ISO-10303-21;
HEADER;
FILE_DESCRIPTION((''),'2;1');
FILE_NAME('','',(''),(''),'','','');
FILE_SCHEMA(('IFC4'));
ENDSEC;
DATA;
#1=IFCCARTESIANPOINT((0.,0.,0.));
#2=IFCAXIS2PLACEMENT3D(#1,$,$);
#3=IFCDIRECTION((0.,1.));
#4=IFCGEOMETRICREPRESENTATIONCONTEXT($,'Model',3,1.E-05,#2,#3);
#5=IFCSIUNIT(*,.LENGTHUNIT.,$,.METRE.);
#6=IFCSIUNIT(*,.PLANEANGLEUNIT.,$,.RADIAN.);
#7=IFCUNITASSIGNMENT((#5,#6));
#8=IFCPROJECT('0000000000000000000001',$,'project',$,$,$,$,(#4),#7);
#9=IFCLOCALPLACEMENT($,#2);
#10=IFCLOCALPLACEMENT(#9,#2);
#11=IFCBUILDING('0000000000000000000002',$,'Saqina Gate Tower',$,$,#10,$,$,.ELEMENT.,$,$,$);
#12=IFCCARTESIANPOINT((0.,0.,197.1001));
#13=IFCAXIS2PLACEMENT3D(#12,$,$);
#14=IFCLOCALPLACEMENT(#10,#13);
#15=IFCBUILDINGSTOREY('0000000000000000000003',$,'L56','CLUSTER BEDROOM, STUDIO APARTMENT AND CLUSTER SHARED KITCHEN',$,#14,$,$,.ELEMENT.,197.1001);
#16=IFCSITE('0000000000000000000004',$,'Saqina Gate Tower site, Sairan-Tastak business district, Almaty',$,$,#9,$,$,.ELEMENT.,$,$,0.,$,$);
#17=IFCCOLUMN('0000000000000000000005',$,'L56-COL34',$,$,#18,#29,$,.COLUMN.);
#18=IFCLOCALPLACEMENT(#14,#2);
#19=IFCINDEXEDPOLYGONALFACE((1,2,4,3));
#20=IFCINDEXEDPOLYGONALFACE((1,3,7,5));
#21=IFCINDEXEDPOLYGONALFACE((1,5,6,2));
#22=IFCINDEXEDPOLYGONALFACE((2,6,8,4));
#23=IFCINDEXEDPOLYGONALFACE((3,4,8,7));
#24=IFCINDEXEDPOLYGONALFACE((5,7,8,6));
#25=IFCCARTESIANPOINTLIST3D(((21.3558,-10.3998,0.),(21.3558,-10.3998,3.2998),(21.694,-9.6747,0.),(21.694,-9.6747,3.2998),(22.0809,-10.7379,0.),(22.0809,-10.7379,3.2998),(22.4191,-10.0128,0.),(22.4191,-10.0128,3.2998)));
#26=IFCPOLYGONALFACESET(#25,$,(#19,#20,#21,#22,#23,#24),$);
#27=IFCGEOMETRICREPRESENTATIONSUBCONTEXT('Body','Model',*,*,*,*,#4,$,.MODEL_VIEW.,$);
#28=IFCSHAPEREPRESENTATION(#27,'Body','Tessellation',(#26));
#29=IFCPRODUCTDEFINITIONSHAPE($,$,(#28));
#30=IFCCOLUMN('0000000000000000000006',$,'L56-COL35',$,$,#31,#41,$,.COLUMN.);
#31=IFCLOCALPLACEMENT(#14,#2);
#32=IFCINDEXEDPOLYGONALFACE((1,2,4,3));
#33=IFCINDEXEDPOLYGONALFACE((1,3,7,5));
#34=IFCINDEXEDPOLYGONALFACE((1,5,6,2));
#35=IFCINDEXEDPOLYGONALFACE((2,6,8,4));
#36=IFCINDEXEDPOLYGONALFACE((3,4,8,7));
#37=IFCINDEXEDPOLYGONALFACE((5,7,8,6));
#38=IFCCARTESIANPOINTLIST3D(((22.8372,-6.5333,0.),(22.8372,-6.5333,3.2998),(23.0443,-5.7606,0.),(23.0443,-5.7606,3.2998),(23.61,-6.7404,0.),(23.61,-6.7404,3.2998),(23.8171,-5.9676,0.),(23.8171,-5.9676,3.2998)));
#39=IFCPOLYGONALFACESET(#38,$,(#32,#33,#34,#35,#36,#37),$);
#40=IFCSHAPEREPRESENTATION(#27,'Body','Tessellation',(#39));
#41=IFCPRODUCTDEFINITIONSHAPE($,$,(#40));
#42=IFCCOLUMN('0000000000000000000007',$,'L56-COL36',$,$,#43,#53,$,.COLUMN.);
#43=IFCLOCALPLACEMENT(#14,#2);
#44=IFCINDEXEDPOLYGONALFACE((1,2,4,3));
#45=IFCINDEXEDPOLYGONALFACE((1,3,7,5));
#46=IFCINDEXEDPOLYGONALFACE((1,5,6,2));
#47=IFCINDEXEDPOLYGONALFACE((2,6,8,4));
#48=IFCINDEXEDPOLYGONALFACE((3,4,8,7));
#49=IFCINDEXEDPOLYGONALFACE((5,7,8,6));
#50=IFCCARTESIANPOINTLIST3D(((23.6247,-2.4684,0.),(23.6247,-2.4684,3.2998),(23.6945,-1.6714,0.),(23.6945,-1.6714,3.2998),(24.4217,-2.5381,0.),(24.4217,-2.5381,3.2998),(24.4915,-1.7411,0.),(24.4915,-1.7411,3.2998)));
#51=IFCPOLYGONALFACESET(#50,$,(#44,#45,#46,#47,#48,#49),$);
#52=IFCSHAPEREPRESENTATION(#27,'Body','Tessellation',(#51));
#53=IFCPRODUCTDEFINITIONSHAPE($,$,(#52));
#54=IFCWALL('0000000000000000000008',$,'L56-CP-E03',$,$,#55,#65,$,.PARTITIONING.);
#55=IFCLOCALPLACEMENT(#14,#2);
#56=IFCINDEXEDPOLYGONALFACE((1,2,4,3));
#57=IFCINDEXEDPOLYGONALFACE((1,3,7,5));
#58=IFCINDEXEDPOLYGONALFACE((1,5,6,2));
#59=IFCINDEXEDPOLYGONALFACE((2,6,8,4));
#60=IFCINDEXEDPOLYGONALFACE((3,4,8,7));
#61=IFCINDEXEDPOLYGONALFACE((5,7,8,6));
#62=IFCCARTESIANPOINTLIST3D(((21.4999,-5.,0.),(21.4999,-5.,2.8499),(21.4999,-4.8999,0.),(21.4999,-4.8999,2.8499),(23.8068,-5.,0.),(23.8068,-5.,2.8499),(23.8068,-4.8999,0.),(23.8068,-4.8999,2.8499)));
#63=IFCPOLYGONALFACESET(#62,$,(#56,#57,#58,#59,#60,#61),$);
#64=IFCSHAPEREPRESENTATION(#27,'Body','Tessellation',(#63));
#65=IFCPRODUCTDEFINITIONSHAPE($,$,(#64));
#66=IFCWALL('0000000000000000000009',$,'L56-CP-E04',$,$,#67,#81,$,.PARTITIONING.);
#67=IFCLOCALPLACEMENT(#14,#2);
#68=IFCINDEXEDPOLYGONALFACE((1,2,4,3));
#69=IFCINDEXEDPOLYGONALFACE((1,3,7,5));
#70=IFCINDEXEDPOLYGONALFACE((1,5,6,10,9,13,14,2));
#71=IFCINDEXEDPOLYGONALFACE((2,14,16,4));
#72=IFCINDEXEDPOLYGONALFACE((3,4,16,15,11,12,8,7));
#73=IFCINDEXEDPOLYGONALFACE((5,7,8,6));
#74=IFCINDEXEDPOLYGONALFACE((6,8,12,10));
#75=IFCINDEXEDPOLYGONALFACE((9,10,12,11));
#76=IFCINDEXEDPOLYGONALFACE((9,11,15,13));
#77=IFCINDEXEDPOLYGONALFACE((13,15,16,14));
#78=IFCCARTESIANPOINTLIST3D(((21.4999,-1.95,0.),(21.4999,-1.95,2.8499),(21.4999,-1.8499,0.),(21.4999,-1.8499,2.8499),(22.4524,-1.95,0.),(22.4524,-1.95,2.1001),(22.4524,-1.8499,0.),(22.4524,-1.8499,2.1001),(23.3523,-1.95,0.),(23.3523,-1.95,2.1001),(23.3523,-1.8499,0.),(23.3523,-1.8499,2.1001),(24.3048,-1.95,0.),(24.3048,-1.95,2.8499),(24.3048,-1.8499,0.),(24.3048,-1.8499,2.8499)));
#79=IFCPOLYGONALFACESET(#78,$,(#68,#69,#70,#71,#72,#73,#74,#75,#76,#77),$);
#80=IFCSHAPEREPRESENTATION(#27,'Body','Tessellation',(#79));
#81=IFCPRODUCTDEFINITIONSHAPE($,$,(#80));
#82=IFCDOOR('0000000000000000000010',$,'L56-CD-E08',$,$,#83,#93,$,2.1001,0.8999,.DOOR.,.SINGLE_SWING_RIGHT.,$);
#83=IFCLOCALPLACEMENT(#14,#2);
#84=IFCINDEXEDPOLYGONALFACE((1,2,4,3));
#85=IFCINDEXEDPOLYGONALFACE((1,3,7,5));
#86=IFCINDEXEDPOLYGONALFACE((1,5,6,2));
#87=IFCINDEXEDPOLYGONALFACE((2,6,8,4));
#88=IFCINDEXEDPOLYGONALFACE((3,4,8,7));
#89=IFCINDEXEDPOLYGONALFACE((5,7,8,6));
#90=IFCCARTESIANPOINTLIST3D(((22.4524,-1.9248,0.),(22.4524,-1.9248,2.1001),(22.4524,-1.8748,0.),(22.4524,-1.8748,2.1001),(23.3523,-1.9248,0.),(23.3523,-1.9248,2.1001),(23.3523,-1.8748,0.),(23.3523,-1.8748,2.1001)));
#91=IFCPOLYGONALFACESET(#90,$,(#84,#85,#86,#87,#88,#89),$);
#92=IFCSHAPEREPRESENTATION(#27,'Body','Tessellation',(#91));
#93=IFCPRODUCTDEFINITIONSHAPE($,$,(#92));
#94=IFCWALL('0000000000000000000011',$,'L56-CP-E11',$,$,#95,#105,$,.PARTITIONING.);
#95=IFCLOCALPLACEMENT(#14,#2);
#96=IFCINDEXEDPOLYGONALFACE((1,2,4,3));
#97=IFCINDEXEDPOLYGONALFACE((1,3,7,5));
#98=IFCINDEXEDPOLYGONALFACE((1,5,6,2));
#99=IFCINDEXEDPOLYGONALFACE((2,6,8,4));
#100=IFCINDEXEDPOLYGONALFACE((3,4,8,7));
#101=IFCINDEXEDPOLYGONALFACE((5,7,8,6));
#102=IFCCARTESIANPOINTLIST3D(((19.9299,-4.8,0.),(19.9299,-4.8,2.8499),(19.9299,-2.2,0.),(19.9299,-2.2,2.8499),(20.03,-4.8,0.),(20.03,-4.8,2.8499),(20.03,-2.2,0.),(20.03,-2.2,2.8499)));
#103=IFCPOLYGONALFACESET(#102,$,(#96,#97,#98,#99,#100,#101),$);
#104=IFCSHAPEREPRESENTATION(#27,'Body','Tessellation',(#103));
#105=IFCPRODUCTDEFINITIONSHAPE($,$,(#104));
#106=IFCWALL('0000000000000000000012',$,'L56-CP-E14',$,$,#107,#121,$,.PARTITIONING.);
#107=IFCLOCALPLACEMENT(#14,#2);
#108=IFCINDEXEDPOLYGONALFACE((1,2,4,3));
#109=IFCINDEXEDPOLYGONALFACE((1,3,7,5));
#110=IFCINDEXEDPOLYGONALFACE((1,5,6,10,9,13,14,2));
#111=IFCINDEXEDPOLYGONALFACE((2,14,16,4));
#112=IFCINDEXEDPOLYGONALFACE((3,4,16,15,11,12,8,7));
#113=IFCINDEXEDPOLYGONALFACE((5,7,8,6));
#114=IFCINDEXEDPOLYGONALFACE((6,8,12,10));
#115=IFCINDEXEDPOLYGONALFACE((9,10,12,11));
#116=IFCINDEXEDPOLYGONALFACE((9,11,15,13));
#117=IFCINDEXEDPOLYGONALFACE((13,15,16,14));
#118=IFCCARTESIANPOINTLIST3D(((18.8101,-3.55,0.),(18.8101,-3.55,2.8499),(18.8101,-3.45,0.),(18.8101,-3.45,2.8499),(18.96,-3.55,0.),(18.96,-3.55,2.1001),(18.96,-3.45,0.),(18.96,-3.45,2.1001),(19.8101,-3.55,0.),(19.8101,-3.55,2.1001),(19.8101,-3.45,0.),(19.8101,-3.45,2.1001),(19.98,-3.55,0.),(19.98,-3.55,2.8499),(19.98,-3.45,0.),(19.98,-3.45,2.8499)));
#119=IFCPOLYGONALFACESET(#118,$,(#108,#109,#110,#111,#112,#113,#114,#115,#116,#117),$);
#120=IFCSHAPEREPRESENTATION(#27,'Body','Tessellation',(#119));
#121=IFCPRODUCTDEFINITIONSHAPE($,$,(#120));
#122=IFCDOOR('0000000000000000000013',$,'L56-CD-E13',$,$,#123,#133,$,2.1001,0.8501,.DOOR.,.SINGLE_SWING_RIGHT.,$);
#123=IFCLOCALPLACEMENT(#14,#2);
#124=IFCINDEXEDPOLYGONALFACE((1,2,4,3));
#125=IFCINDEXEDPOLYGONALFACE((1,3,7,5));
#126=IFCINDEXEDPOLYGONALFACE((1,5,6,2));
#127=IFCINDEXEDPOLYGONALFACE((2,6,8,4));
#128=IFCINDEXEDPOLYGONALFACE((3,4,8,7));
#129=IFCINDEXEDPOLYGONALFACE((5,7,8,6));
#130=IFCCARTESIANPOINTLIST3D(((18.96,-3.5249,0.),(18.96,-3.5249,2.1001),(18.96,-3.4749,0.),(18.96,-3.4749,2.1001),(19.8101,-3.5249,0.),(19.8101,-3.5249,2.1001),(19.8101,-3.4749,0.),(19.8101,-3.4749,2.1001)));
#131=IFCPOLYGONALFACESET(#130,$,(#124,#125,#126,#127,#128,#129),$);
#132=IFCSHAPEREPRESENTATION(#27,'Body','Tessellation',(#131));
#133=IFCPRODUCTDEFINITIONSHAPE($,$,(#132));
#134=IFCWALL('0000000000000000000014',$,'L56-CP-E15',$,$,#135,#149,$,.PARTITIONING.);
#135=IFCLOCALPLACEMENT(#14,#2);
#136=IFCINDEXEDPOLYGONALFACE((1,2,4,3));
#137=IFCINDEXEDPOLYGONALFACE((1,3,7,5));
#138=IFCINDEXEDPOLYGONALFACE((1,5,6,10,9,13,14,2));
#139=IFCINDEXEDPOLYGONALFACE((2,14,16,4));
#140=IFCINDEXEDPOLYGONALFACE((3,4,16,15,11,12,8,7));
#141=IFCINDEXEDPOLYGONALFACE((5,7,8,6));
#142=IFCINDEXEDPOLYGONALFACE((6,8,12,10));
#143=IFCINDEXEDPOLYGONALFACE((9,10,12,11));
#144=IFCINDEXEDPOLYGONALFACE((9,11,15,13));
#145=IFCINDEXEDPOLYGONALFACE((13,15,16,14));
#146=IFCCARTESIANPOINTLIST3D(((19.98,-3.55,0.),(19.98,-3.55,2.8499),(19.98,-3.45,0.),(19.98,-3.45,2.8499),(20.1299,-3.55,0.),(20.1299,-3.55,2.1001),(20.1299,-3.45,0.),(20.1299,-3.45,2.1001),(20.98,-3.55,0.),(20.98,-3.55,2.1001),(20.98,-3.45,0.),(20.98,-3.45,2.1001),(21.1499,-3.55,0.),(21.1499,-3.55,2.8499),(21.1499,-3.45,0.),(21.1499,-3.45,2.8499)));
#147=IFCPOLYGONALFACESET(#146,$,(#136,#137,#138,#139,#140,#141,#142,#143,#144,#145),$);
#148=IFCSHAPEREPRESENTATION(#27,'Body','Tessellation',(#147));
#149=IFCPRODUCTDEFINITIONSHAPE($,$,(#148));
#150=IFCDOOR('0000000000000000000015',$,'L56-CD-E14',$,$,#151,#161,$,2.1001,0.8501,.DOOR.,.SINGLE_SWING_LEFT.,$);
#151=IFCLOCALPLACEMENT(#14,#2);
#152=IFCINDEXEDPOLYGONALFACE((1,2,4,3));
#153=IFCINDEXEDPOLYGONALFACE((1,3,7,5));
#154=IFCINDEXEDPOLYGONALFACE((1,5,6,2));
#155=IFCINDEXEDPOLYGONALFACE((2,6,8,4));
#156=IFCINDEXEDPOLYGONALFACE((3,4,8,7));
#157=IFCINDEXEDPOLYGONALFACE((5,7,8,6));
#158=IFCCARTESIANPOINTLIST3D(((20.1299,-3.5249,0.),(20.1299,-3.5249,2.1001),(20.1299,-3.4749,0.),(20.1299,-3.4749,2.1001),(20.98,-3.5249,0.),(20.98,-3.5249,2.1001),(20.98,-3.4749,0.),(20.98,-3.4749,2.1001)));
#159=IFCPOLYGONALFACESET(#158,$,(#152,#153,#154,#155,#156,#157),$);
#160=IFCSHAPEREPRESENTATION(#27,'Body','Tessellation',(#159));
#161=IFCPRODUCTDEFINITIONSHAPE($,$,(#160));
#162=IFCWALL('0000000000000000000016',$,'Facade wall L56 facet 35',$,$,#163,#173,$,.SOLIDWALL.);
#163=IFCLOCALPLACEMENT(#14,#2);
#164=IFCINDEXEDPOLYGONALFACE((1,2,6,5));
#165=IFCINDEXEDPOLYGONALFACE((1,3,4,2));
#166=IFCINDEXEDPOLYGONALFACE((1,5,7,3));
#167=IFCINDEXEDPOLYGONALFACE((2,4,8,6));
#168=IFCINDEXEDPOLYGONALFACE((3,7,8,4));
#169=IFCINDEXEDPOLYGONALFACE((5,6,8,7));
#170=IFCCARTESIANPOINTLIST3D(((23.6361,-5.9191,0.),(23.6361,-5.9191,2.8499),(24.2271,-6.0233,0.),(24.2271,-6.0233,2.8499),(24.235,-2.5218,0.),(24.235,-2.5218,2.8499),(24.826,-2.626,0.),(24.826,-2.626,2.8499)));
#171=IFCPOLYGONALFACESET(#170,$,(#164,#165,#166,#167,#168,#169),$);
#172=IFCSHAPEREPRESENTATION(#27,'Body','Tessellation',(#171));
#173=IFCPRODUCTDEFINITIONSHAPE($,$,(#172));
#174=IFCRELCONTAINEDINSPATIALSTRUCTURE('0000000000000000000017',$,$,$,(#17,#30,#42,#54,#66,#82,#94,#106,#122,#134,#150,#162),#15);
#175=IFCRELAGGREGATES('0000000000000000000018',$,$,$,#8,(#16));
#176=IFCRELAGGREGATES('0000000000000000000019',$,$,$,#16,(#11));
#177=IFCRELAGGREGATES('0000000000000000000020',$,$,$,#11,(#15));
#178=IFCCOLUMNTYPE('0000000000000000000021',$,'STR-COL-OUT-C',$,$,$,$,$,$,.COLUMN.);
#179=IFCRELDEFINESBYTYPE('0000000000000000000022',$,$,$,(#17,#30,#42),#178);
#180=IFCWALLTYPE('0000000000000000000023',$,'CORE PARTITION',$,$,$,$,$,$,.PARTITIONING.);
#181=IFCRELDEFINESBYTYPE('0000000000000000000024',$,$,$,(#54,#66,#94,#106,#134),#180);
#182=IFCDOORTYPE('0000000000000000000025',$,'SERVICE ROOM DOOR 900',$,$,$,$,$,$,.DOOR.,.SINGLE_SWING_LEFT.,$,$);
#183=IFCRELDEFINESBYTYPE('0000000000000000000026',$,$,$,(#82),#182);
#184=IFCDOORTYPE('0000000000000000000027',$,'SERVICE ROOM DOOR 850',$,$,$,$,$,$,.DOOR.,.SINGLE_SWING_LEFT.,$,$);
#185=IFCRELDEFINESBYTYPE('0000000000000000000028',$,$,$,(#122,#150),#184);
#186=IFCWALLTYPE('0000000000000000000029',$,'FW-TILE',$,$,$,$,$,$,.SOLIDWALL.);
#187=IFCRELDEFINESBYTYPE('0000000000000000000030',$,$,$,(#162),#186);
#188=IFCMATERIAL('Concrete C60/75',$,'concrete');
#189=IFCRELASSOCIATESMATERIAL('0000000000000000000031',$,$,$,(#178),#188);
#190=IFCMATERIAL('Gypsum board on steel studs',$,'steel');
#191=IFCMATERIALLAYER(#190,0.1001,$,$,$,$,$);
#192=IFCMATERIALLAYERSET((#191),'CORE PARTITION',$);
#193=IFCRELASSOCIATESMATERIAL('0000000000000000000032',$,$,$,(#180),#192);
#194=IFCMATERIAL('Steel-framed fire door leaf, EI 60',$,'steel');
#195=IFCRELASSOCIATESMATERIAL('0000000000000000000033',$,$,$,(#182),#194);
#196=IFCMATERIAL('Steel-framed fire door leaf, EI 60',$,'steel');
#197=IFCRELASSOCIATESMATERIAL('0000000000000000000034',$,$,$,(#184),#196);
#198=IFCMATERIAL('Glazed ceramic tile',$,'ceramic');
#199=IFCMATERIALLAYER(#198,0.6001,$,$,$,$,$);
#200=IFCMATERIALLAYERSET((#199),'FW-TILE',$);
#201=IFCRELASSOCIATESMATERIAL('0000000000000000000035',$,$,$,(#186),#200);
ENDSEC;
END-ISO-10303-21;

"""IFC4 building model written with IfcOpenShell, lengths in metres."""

from ifc_helpers import new_model, si_unit, direction, frame, frame_2d, origin, origin_2d, place, context, subcontext, project, spatial, rectangle, extrude, material, layer, layer_set, material_profile, profile_set, type_object, element, fill, save


model = new_model("IFC4")

# Units and contexts
model_context = context("Model", 3, precision=1e-05, world=origin(), true_north=direction((0.0, 1.0)))
body_context = subcontext(model_context, "Body", "Model", "MODEL_VIEW")
ifc_project = project(units=[si_unit("LENGTHUNIT", "METRE"), si_unit("PLANEANGLEUNIT", "RADIAN")], contexts=[model_context])

# Site, building, storey
site_placement = place(None, origin())
site = spatial("IfcSite", under=ifc_project, at=site_placement, Name="Saqina Gate Tower site, Sairan-Tastak business district, Almaty", CompositionType="ELEMENT", RefElevation=0.0)
building_placement = place(site_placement, origin())
building = spatial("IfcBuilding", under=site, at=building_placement, Name="Saqina Gate Tower", CompositionType="ELEMENT")
storey_placement = place(building_placement, frame((0.0, 0.0, 197.1001)))
storey = spatial("IfcBuildingStorey", under=building, at=storey_placement, Name="L56", Description="CLUSTER BEDROOM, STUDIO APARTMENT AND CLUSTER SHARED KITCHEN", CompositionType="ELEMENT", Elevation=197.1001)

# Columns
ifc_material_1 = material(Name="Concrete C60/75", Category="concrete")
ifc_material_profile = material_profile(ifc_material_1, rectangle(XDim=0.8, YDim=0.8, at=origin_2d()), Name="RC 800x800")
ifc_profile_set = profile_set([ifc_material_profile], Name="Concrete C60/75")
column_type = type_object("IfcColumnType", Name="STR-COL-OUT-C", PredefinedType="COLUMN", material=ifc_profile_set)
for number, where, z_axis, x_axis, name in (
    (1, (21.8875, -10.2063, 0.0), (0.0, 0.0, 1.0), (0.906308, -0.422618, 0.0), "L56-COL34"),
    (2, (23.3271, -6.2505, 0.0), (0.0, 0.0, 1.0), (0.965926, -0.258819, 0.0), "L56-COL35"),
    (3, (24.0581, -2.1047, 0.0), (0.0, 0.0, 1.0), (0.996195, -0.087156, 0.0), "L56-COL36"),
):
    element("IfcColumn", number, at=place(storey_placement, frame(where, z_axis=z_axis, x_axis=x_axis)), inside=storey, type_object=column_type, Name=name, PredefinedType="COLUMN", context=body_context, shape_type="SweptSolid", body=[
        extrude(rectangle(XDim=0.8, YDim=0.8, at=origin_2d()), origin(), (0.0, 0.0, 1.0), 3.2998),
    ])

# Wall
ifc_material_2 = material(Name="Gypsum board on steel studs", Category="steel")
ifc_layer_1 = layer(ifc_material_2, 0.1001)
ifc_layer_set_1 = layer_set([ifc_layer_1], Name="CORE PARTITION")
wall_type_1 = type_object("IfcWallType", Name="CORE PARTITION", PredefinedType="PARTITIONING", material=ifc_layer_set_1)
wall_1_placement = place(storey_placement, frame((21.5, -4.95, 0.0), z_axis=(0.0, 0.0, 1.0), x_axis=(1.0, 0.0, 0.0)))
element("IfcWall", 4, at=wall_1_placement, inside=storey, type_object=wall_type_1, Name="L56-CP-E03", PredefinedType="PARTITIONING", context=body_context, shape_type="SweptSolid", body=[
    extrude(rectangle(XDim=2.3069, YDim=0.1001, at=frame_2d((1.1533, 0.0))), origin(), (0.0, 0.0, 1.0), 2.8499),
])

# Wall, opening, door
wall_2_placement = place(storey_placement, frame((21.5, -1.8999, 0.0), z_axis=(0.0, 0.0, 1.0), x_axis=(1.0, 0.0, 0.0)))
wall_2 = element("IfcWall", 5, at=wall_2_placement, inside=storey, type_object=wall_type_1, Name="L56-CP-E04", PredefinedType="PARTITIONING", context=body_context, shape_type="SweptSolid", body=[
    extrude(rectangle(XDim=2.8049, YDim=0.1001, at=frame_2d((1.4023, 0.0))), origin(), (0.0, 0.0, 1.0), 2.8499),
])
opening_1_placement = place(wall_2_placement, frame((0.9524, 0.0, 0.0)))
opening_1 = element("IfcOpeningElement", 6, at=opening_1_placement, cuts=wall_2, PredefinedType="OPENING", context=body_context, shape_type="SweptSolid", body=[
    extrude(rectangle(XDim=0.8999, YDim=2.1001, at=frame_2d((0.45, 1.05))), frame((0.0, 0.062, 0.0), z_axis=(0.0, -1.0, 0.0), x_axis=(1.0, 0.0, 0.0)), (0.0, 0.0, 1.0), 0.124),
])
ifc_material_3 = material(Name="Steel-framed fire door leaf, EI 60", Category="steel")
door_type_1 = type_object("IfcDoorType", Name="SERVICE ROOM DOOR 900", OperationType="SINGLE_SWING_LEFT", PredefinedType="DOOR", material=ifc_material_3)
door_1_placement = place(opening_1_placement, frame((0.8999, 0.0, 0.0), z_axis=(0.0, 0.0, 1.0), x_axis=(-1.0, 0.0, 0.0)))
door_1 = element("IfcDoor", 7, at=door_1_placement, inside=storey, type_object=door_type_1, Name="L56-CD-E08", OperationType="SINGLE_SWING_RIGHT", OverallHeight=2.1001, OverallWidth=0.8999, PredefinedType="DOOR", context=body_context, shape_type="SweptSolid", body=[
    extrude(rectangle(XDim=0.8999, YDim=2.1001, at=frame_2d((0.45, 1.05))), frame((0.0, 0.0249, 0.0), z_axis=(0.0, -1.0, 0.0), x_axis=(1.0, 0.0, 0.0)), (0.0, 0.0, 1.0), 0.05),
])
fill(opening_1, door_1)

# Wall
wall_3_placement = place(storey_placement, frame((19.98, -4.8, 0.0), z_axis=(0.0, 0.0, 1.0), x_axis=(0.0, 1.0, 0.0)))
element("IfcWall", 8, at=wall_3_placement, inside=storey, type_object=wall_type_1, Name="L56-CP-E11", PredefinedType="PARTITIONING", context=body_context, shape_type="SweptSolid", body=[
    extrude(rectangle(XDim=2.6001, YDim=0.1001, at=frame_2d((1.3, 0.0))), origin(), (0.0, 0.0, 1.0), 2.8499),
])

# Walls, openings, doors
wall_4_placement = place(storey_placement, frame((18.8101, -3.5, 0.0), z_axis=(0.0, 0.0, 1.0), x_axis=(1.0, 0.0, 0.0)))
wall_4 = element("IfcWall", 9, at=wall_4_placement, inside=storey, type_object=wall_type_1, Name="L56-CP-E14", PredefinedType="PARTITIONING", context=body_context, shape_type="SweptSolid", body=[
    extrude(rectangle(XDim=1.1699, YDim=0.1001, at=frame_2d((0.585, 0.0))), origin(), (0.0, 0.0, 1.0), 2.8499),
])
opening_2_placement = place(wall_4_placement, frame((0.1499, 0.0, 0.0)))
opening_2 = element("IfcOpeningElement", 10, at=opening_2_placement, cuts=wall_4, PredefinedType="OPENING", context=body_context, shape_type="SweptSolid", body=[
    extrude(rectangle(XDim=0.8501, YDim=2.1001, at=frame_2d((0.425, 1.05))), frame((0.0, 0.062, 0.0), z_axis=(0.0, -1.0, 0.0), x_axis=(1.0, 0.0, 0.0)), (0.0, 0.0, 1.0), 0.124),
])
ifc_material_4 = material(Name="Steel-framed fire door leaf, EI 60", Category="steel")
door_type_2 = type_object("IfcDoorType", Name="SERVICE ROOM DOOR 850", OperationType="SINGLE_SWING_LEFT", PredefinedType="DOOR", material=ifc_material_4)
door_2_placement = place(opening_2_placement, frame((0.8501, 0.0, 0.0), z_axis=(0.0, 0.0, 1.0), x_axis=(-1.0, 0.0, 0.0)))
door_2 = element("IfcDoor", 11, at=door_2_placement, inside=storey, type_object=door_type_2, Name="L56-CD-E13", OperationType="SINGLE_SWING_RIGHT", OverallHeight=2.1001, OverallWidth=0.8501, PredefinedType="DOOR", context=body_context, shape_type="SweptSolid", body=[
    extrude(rectangle(XDim=0.8501, YDim=2.1001, at=frame_2d((0.425, 1.05))), frame((0.0, 0.0249, 0.0), z_axis=(0.0, -1.0, 0.0), x_axis=(1.0, 0.0, 0.0)), (0.0, 0.0, 1.0), 0.05),
])
fill(opening_2, door_2)
wall_5_placement = place(storey_placement, frame((19.98, -3.5, 0.0), z_axis=(0.0, 0.0, 1.0), x_axis=(1.0, 0.0, 0.0)))
wall_5 = element("IfcWall", 12, at=wall_5_placement, inside=storey, type_object=wall_type_1, Name="L56-CP-E15", PredefinedType="PARTITIONING", context=body_context, shape_type="SweptSolid", body=[
    extrude(rectangle(XDim=1.1699, YDim=0.1001, at=frame_2d((0.585, 0.0))), origin(), (0.0, 0.0, 1.0), 2.8499),
])
opening_3_placement = place(wall_5_placement, frame((0.1499, 0.0, 0.0)))
opening_3 = element("IfcOpeningElement", 13, at=opening_3_placement, cuts=wall_5, PredefinedType="OPENING", context=body_context, shape_type="SweptSolid", body=[
    extrude(rectangle(XDim=0.8501, YDim=2.1001, at=frame_2d((0.425, 1.05))), frame((0.0, 0.062, 0.0), z_axis=(0.0, -1.0, 0.0), x_axis=(1.0, 0.0, 0.0)), (0.0, 0.0, 1.0), 0.124),
])
door_3_placement = place(opening_3_placement, frame((0.8501, 0.0, 0.0), z_axis=(0.0, 0.0, 1.0), x_axis=(-1.0, 0.0, 0.0)))
door_3 = element("IfcDoor", 14, at=door_3_placement, inside=storey, type_object=door_type_2, Name="L56-CD-E14", OperationType="SINGLE_SWING_LEFT", OverallHeight=2.1001, OverallWidth=0.8501, PredefinedType="DOOR", context=body_context, shape_type="SweptSolid", body=[
    extrude(rectangle(XDim=0.8501, YDim=2.1001, at=frame_2d((0.425, 1.05))), frame((0.0, 0.0249, 0.0), z_axis=(0.0, -1.0, 0.0), x_axis=(1.0, 0.0, 0.0)), (0.0, 0.0, 1.0), 0.05),
])
fill(opening_3, door_3)

# Wall
ifc_material_5 = material(Name="Glazed ceramic tile", Category="ceramic")
ifc_layer_2 = layer(ifc_material_5, 0.6001)
ifc_layer_set_2 = layer_set([ifc_layer_2], Name="FW-TILE")
wall_type_2 = type_object("IfcWallType", Name="FW-TILE", PredefinedType="SOLIDWALL", material=ifc_layer_set_2)
wall_6_placement = place(storey_placement, frame((23.9316, -5.9712, 0.0), z_axis=(0.0, 0.0, 1.0), x_axis=(0.173608, 0.984815, 0.0)))
element("IfcWall", 15, at=wall_6_placement, inside=storey, type_object=wall_type_2, Name="Facade wall L56 facet 35", PredefinedType="SOLIDWALL", context=body_context, shape_type="SweptSolid", body=[
    extrude(rectangle(XDim=3.4497, YDim=0.6001, at=frame_2d((1.7249, 0.0))), origin(), (0.0, 0.0, 1.0), 2.8499),
])

save(model, "model.ifc")
